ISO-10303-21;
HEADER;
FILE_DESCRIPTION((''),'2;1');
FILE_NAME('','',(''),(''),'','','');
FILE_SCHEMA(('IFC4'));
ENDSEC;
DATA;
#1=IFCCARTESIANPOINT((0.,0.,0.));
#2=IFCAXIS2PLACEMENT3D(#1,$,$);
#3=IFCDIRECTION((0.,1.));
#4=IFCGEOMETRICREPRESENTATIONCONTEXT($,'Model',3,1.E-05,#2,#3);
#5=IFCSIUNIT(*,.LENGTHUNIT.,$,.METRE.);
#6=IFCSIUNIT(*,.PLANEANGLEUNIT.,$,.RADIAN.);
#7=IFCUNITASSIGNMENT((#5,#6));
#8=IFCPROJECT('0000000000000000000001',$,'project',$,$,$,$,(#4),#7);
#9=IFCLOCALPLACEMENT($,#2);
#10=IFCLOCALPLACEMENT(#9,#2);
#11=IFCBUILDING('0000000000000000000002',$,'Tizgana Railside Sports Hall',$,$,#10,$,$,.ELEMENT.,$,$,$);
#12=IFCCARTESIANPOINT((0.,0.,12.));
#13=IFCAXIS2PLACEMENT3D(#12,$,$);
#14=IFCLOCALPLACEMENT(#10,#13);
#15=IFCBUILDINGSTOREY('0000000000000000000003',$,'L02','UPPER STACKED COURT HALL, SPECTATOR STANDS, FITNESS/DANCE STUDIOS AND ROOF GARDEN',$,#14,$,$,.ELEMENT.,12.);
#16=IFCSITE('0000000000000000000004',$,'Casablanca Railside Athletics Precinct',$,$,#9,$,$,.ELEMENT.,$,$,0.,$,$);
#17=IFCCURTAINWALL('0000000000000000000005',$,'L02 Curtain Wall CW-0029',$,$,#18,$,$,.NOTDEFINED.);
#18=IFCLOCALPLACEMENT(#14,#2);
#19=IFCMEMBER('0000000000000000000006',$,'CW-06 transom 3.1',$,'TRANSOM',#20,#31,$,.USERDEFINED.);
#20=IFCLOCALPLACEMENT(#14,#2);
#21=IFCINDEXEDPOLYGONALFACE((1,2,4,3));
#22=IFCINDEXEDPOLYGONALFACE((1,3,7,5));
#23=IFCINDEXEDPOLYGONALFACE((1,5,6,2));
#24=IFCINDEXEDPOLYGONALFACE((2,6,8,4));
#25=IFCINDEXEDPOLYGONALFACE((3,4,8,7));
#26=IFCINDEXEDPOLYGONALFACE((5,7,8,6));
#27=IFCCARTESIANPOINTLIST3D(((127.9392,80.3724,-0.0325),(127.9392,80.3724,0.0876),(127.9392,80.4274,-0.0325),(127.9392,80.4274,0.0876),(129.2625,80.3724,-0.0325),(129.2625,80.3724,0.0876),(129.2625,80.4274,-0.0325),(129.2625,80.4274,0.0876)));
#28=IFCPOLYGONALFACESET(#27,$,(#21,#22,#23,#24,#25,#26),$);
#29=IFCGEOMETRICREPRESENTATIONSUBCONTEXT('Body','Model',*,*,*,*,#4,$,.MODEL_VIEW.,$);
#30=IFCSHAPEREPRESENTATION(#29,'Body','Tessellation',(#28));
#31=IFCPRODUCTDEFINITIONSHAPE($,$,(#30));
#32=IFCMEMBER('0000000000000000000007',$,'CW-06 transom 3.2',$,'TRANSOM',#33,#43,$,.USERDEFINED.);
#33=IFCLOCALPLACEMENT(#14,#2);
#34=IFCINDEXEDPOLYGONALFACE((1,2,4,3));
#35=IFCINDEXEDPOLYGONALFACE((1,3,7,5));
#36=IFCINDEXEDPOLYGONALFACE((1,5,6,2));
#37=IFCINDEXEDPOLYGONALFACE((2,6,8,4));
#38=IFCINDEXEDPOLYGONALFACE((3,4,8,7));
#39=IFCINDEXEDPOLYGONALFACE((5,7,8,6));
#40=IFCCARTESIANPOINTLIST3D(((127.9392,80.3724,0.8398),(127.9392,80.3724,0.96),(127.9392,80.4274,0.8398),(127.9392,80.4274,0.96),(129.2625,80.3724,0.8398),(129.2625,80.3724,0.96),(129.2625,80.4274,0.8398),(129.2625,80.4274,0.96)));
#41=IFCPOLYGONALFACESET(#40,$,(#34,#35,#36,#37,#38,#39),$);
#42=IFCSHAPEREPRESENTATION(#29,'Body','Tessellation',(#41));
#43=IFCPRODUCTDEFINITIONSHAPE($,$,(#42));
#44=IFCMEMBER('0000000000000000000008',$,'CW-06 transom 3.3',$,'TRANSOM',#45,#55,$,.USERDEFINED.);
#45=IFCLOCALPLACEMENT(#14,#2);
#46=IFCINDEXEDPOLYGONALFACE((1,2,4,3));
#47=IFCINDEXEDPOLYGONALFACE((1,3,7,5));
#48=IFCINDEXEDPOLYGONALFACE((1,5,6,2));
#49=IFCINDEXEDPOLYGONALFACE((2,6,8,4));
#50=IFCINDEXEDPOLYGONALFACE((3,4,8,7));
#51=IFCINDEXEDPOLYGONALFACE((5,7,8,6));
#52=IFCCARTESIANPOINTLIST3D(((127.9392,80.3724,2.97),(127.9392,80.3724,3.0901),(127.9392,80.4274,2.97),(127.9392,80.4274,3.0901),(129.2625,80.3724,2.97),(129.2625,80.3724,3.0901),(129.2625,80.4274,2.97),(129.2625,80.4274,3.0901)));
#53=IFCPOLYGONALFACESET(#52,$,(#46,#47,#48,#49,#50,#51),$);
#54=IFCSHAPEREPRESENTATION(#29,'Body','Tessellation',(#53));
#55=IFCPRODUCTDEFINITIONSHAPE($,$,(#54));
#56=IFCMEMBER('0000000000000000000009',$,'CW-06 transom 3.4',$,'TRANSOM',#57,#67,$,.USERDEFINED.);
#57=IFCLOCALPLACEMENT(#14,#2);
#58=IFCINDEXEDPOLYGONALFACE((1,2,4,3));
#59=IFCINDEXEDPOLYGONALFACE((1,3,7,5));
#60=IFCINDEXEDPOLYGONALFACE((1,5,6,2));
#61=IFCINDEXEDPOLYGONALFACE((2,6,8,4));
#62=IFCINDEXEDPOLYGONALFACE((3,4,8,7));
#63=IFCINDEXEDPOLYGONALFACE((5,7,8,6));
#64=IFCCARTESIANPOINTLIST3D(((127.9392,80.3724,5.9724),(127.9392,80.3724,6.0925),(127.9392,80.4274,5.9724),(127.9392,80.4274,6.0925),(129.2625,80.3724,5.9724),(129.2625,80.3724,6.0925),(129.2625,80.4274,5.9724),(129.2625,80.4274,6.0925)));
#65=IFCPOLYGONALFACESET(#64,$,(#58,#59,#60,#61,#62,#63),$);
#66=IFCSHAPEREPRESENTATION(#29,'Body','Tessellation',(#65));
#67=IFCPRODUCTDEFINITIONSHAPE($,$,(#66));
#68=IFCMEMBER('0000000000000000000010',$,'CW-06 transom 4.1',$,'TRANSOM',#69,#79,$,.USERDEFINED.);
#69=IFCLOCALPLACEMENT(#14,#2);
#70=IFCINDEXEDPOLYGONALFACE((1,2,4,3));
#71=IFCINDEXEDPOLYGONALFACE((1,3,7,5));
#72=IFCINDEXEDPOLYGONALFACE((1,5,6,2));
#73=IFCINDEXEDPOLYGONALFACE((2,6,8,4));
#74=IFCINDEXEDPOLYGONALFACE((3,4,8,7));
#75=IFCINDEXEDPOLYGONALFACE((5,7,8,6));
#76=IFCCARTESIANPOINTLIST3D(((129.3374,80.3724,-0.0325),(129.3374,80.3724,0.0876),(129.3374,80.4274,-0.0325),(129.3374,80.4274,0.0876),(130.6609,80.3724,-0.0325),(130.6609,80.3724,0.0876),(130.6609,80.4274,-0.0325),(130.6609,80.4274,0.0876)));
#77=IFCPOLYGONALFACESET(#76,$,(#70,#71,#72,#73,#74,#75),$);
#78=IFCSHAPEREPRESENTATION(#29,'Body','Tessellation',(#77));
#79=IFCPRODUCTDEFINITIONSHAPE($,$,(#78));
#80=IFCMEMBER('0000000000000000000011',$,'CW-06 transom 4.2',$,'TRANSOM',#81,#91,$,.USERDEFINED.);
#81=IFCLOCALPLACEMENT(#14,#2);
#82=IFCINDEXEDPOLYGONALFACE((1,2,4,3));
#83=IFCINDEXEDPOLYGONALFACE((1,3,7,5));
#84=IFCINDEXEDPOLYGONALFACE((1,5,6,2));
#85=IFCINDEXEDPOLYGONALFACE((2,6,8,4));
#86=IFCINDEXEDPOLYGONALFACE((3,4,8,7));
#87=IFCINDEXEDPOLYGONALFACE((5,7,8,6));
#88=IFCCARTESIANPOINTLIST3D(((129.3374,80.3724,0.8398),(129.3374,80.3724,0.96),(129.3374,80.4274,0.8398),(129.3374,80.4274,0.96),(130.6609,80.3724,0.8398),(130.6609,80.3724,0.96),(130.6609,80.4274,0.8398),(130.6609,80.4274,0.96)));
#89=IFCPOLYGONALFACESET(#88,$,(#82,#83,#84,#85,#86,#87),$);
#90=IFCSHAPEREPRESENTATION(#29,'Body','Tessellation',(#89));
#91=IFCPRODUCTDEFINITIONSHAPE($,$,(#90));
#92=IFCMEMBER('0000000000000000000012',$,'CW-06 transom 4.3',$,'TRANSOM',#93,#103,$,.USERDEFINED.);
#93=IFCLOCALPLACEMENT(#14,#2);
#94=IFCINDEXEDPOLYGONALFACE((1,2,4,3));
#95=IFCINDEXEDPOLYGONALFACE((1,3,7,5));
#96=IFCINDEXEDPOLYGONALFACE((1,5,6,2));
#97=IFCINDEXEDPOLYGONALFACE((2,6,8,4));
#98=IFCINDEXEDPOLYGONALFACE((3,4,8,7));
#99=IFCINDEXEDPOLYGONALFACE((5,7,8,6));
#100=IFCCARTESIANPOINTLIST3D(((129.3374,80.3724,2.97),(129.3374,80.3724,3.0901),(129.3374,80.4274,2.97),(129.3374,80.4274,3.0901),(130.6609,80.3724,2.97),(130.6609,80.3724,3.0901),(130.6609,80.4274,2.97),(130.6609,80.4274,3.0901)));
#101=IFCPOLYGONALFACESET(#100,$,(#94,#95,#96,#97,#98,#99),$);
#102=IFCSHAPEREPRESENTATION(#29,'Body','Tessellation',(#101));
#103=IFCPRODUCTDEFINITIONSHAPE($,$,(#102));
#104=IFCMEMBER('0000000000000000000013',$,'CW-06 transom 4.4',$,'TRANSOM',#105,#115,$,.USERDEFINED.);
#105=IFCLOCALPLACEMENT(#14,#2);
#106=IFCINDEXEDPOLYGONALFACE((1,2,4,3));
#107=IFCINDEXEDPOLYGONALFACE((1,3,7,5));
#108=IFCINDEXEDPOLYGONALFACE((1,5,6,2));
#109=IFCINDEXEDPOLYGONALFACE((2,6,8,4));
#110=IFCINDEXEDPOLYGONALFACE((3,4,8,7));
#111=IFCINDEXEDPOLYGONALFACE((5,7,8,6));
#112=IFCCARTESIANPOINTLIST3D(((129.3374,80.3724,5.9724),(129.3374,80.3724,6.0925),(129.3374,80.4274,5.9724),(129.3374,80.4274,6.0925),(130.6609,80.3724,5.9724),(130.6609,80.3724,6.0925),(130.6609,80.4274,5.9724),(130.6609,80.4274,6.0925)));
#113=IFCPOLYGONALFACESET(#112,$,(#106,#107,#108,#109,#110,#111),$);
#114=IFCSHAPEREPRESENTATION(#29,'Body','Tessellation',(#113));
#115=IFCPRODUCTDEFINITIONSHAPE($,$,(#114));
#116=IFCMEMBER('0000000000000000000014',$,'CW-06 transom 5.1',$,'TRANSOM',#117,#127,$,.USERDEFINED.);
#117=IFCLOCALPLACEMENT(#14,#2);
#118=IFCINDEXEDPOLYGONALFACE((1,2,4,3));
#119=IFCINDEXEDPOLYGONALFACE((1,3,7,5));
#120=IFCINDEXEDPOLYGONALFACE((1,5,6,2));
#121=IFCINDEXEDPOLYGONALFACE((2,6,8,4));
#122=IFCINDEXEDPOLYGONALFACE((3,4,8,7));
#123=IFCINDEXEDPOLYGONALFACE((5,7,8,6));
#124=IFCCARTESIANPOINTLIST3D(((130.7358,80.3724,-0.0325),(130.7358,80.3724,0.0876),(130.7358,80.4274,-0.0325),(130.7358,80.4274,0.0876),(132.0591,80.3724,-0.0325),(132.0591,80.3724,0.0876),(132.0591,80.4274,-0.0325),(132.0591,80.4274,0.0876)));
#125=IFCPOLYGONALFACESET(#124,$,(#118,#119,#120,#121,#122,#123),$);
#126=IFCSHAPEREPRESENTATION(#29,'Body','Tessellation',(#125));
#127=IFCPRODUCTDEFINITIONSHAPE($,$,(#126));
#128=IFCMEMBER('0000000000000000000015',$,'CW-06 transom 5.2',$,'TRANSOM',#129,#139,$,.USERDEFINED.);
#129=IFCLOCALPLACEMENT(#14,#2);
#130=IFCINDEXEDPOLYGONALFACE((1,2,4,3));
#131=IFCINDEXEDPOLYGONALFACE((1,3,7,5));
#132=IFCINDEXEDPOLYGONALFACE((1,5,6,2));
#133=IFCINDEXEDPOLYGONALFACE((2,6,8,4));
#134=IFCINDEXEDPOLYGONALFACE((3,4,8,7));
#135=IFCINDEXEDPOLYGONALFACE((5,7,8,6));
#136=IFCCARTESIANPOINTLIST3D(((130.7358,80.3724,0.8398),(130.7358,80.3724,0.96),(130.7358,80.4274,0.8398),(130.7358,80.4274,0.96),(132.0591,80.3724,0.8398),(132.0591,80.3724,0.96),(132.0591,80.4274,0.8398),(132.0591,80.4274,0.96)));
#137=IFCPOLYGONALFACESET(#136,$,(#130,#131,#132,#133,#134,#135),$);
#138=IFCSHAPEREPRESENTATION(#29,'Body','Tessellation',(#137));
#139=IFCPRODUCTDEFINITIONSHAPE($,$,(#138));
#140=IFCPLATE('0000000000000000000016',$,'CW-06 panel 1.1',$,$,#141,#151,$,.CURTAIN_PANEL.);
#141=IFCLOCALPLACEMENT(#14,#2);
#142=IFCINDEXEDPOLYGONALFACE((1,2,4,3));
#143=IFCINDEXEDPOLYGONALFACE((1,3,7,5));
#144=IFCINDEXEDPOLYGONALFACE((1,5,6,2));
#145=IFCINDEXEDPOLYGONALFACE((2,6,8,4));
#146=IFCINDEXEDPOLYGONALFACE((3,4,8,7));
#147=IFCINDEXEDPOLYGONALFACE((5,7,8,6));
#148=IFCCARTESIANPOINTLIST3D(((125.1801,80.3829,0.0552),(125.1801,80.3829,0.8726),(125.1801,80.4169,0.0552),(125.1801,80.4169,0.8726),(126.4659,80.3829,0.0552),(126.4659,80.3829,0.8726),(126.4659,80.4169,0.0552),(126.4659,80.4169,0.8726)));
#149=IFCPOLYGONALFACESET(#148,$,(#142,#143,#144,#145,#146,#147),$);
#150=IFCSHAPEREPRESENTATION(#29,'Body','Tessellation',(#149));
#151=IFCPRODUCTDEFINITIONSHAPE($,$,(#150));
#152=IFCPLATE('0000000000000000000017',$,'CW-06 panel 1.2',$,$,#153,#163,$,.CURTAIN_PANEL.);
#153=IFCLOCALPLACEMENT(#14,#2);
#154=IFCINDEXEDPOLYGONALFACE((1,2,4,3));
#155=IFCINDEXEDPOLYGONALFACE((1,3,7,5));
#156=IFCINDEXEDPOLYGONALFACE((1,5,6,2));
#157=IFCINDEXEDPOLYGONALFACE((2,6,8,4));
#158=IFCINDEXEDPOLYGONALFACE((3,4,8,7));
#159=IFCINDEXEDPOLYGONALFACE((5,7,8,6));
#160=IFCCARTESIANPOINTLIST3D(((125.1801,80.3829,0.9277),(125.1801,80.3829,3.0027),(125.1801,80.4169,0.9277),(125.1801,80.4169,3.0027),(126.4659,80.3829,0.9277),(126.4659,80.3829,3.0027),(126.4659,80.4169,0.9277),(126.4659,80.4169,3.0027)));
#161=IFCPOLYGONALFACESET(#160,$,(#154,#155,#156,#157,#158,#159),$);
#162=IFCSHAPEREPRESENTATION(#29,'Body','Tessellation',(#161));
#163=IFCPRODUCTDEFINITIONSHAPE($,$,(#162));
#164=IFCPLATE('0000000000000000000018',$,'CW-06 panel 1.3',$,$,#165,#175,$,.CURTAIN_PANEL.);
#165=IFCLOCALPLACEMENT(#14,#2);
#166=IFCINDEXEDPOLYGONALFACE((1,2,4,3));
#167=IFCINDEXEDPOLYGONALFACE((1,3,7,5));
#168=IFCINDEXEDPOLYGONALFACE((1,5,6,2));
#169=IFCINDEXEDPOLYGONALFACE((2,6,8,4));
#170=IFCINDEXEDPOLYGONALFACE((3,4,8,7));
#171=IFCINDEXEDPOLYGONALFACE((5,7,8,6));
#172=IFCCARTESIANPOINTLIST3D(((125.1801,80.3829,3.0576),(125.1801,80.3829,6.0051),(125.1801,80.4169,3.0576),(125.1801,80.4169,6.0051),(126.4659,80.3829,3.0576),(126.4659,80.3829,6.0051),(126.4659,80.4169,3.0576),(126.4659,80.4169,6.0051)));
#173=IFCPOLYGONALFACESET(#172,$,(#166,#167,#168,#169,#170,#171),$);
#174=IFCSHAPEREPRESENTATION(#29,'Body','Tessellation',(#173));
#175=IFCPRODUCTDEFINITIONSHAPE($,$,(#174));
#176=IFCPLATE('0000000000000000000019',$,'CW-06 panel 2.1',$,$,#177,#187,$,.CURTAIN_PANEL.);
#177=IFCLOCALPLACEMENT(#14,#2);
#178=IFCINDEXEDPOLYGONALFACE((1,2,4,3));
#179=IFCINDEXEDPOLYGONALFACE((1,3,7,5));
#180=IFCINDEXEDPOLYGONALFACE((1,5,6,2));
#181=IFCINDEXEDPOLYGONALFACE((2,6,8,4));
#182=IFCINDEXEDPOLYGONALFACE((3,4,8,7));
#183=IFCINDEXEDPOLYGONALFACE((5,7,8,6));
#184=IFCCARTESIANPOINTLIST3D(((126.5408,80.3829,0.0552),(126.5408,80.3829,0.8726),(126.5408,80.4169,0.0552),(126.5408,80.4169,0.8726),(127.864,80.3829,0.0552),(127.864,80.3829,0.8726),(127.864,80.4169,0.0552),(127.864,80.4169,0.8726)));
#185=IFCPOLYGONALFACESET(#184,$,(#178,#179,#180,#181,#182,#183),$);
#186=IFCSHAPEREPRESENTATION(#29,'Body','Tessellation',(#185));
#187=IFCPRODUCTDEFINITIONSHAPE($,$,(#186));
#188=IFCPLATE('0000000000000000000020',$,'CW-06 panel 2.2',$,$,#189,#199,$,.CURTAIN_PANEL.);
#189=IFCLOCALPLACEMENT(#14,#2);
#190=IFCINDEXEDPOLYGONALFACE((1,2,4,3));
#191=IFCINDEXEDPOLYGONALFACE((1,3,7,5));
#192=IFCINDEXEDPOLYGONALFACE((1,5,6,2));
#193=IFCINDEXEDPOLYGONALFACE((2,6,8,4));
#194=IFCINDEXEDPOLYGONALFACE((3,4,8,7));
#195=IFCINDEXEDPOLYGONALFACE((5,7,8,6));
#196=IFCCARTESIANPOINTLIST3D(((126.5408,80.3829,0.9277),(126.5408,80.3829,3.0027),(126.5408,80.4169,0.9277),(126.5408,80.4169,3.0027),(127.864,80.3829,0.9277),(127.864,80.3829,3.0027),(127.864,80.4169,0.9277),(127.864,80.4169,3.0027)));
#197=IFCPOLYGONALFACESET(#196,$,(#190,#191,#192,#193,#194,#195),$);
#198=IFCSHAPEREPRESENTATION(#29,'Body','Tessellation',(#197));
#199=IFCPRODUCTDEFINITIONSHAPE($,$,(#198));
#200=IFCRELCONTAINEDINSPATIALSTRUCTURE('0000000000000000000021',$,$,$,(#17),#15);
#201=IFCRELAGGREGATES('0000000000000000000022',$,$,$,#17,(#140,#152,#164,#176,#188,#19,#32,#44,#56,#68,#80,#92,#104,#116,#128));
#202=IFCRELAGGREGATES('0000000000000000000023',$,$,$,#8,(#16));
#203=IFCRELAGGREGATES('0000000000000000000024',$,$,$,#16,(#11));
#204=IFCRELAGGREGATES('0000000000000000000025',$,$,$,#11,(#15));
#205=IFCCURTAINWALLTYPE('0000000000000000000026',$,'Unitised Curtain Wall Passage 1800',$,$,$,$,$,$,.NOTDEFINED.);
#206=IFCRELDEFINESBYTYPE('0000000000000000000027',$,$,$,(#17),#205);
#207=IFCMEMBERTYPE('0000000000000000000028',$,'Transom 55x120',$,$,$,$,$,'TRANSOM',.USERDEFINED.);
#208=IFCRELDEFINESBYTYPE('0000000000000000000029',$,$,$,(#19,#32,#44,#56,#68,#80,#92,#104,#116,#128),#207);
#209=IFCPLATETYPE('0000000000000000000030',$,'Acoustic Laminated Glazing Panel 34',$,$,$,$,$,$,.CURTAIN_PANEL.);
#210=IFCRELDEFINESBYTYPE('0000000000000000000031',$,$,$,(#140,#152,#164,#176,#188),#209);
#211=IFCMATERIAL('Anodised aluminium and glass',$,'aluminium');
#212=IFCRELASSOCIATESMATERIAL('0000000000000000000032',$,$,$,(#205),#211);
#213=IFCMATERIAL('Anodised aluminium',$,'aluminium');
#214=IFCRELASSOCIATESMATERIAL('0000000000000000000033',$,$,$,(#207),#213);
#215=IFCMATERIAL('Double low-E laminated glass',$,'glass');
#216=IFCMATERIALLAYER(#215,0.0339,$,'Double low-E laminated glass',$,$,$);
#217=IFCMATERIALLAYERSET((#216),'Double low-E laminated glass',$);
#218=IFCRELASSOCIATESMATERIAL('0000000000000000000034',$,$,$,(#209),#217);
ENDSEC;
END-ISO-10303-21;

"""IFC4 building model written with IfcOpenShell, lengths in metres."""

from ifc_helpers import new_model, si_unit, direction, frame, origin, origin_2d, place, context, subcontext, project, spatial, rectangle, extrude, material, layer, layer_set, material_profile, profile_set, type_object, element, aggregate, save


model = new_model("IFC4")

# Units and contexts
model_context = context("Model", 3, precision=1e-05, world=origin(), true_north=direction((0.0, 1.0)))
body_context = subcontext(model_context, "Body", "Model", "MODEL_VIEW")
ifc_project = project(units=[si_unit("LENGTHUNIT", "METRE"), si_unit("PLANEANGLEUNIT", "RADIAN")], contexts=[model_context])

# Site, building, storey
site_placement = place(None, origin())
site = spatial("IfcSite", under=ifc_project, at=site_placement, Name="Casablanca Railside Athletics Precinct", CompositionType="ELEMENT", RefElevation=0.0)
building_placement = place(site_placement, origin())
building = spatial("IfcBuilding", under=site, at=building_placement, Name="Tizgana Railside Sports Hall", CompositionType="ELEMENT")
storey_placement = place(building_placement, frame((0.0, 0.0, 12.0)))
storey = spatial("IfcBuildingStorey", under=building, at=storey_placement, Name="L02", Description="UPPER STACKED COURT HALL, SPECTATOR STANDS, FITNESS/DANCE STUDIOS AND ROOF GARDEN", CompositionType="ELEMENT", Elevation=12.0)

# Curtain wall, members, plates
ifc_material_1 = material(Name="Anodised aluminium and glass", Category="aluminium")
curtain_wall_type = type_object("IfcCurtainWallType", Name="Unitised Curtain Wall Passage 1800", PredefinedType="NOTDEFINED", material=ifc_material_1)
curtain_wall_placement = place(storey_placement, origin())
curtain_wall = element("IfcCurtainWall", 1, at=curtain_wall_placement, inside=storey, type_object=curtain_wall_type, Name="L02 Curtain Wall CW-0029", PredefinedType="NOTDEFINED")
ifc_material_2 = material(Name="Anodised aluminium", Category="aluminium")
ifc_material_profile_1 = material_profile(ifc_material_2, rectangle(XDim=0.0549, YDim=0.1201, at=origin_2d()), Name="Transom 55x120")
ifc_profile_set_1 = profile_set([ifc_material_profile_1], Name="Anodised aluminium")
member_type_1 = type_object("IfcMemberType", Name="Transom 55x120", ElementType="TRANSOM", PredefinedType="USERDEFINED", material=ifc_profile_set_1)
member_1_placement = place(storey_placement, frame((127.9392, 80.3999, 0.0276), z_axis=(1.0, 0.0, 0.0), x_axis=(0.0, 1.0, 0.0)))
member_1 = element("IfcMember", 2, at=member_1_placement, type_object=member_type_1, Name="CW-06 transom 3.1", ObjectType="TRANSOM", PredefinedType="USERDEFINED", context=body_context, shape_type="SweptSolid", body=[
    extrude(rectangle(XDim=0.0549, YDim=0.1201, at=origin_2d()), origin(), (0.0, 0.0, 1.0), 1.3232),
])
member_2_placement = place(storey_placement, frame((127.9392, 80.3999, 0.8999), z_axis=(1.0, 0.0, 0.0), x_axis=(0.0, 1.0, 0.0)))
member_2 = element("IfcMember", 3, at=member_2_placement, type_object=member_type_1, Name="CW-06 transom 3.2", ObjectType="TRANSOM", PredefinedType="USERDEFINED", context=body_context, shape_type="SweptSolid", body=[
    extrude(rectangle(XDim=0.0549, YDim=0.1201, at=origin_2d()), origin(), (0.0, 0.0, 1.0), 1.3232),
])
member_3_placement = place(storey_placement, frame((127.9392, 80.3999, 3.03), z_axis=(1.0, 0.0, 0.0), x_axis=(0.0, 1.0, 0.0)))
member_3 = element("IfcMember", 4, at=member_3_placement, type_object=member_type_1, Name="CW-06 transom 3.3", ObjectType="TRANSOM", PredefinedType="USERDEFINED", context=body_context, shape_type="SweptSolid", body=[
    extrude(rectangle(XDim=0.0549, YDim=0.1201, at=origin_2d()), origin(), (0.0, 0.0, 1.0), 1.3232),
])
member_4_placement = place(storey_placement, frame((127.9392, 80.3999, 6.0325), z_axis=(1.0, 0.0, 0.0), x_axis=(0.0, 1.0, 0.0)))
member_4 = element("IfcMember", 5, at=member_4_placement, type_object=member_type_1, Name="CW-06 transom 3.4", ObjectType="TRANSOM", PredefinedType="USERDEFINED", context=body_context, shape_type="SweptSolid", body=[
    extrude(rectangle(XDim=0.0549, YDim=0.1201, at=origin_2d()), origin(), (0.0, 0.0, 1.0), 1.3232),
])
member_5_placement = place(storey_placement, frame((129.3374, 80.3999, 0.0276), z_axis=(1.0, 0.0, 0.0), x_axis=(0.0, 1.0, 0.0)))
member_5 = element("IfcMember", 6, at=member_5_placement, type_object=member_type_1, Name="CW-06 transom 4.1", ObjectType="TRANSOM", PredefinedType="USERDEFINED", context=body_context, shape_type="SweptSolid", body=[
    extrude(rectangle(XDim=0.0549, YDim=0.1201, at=origin_2d()), origin(), (0.0, 0.0, 1.0), 1.3235),
])
member_6_placement = place(storey_placement, frame((129.3374, 80.3999, 0.8999), z_axis=(1.0, 0.0, 0.0), x_axis=(0.0, 1.0, 0.0)))
member_6 = element("IfcMember", 7, at=member_6_placement, type_object=member_type_1, Name="CW-06 transom 4.2", ObjectType="TRANSOM", PredefinedType="USERDEFINED", context=body_context, shape_type="SweptSolid", body=[
    extrude(rectangle(XDim=0.0549, YDim=0.1201, at=origin_2d()), origin(), (0.0, 0.0, 1.0), 1.3235),
])
member_7_placement = place(storey_placement, frame((129.3374, 80.3999, 3.03), z_axis=(1.0, 0.0, 0.0), x_axis=(0.0, 1.0, 0.0)))
member_7 = element("IfcMember", 8, at=member_7_placement, type_object=member_type_1, Name="CW-06 transom 4.3", ObjectType="TRANSOM", PredefinedType="USERDEFINED", context=body_context, shape_type="SweptSolid", body=[
    extrude(rectangle(XDim=0.0549, YDim=0.1201, at=origin_2d()), origin(), (0.0, 0.0, 1.0), 1.3235),
])
member_8_placement = place(storey_placement, frame((129.3374, 80.3999, 6.0325), z_axis=(1.0, 0.0, 0.0), x_axis=(0.0, 1.0, 0.0)))
member_8 = element("IfcMember", 9, at=member_8_placement, type_object=member_type_1, Name="CW-06 transom 4.4", ObjectType="TRANSOM", PredefinedType="USERDEFINED", context=body_context, shape_type="SweptSolid", body=[
    extrude(rectangle(XDim=0.0549, YDim=0.1201, at=origin_2d()), origin(), (0.0, 0.0, 1.0), 1.3235),
])
member_9_placement = place(storey_placement, frame((130.7358, 80.3999, 0.0276), z_axis=(1.0, 0.0, 0.0), x_axis=(0.0, 1.0, 0.0)))
member_9 = element("IfcMember", 10, at=member_9_placement, type_object=member_type_1, Name="CW-06 transom 5.1", ObjectType="TRANSOM", PredefinedType="USERDEFINED", context=body_context, shape_type="SweptSolid", body=[
    extrude(rectangle(XDim=0.0549, YDim=0.1201, at=origin_2d()), origin(), (0.0, 0.0, 1.0), 1.3232),
])
member_10_placement = place(storey_placement, frame((130.7358, 80.3999, 0.8999), z_axis=(1.0, 0.0, 0.0), x_axis=(0.0, 1.0, 0.0)))
member_10 = element("IfcMember", 11, at=member_10_placement, type_object=member_type_1, Name="CW-06 transom 5.2", ObjectType="TRANSOM", PredefinedType="USERDEFINED", context=body_context, shape_type="SweptSolid", body=[
    extrude(rectangle(XDim=0.0549, YDim=0.1201, at=origin_2d()), origin(), (0.0, 0.0, 1.0), 1.3232),
])
ifc_material_3 = material(Name="Double low-E laminated glass", Category="glass")
ifc_layer_1 = layer(ifc_material_3, 0.0339, Name="Double low-E laminated glass")
ifc_layer_set_1 = layer_set([ifc_layer_1], Name="Double low-E laminated glass")
plate_type = type_object("IfcPlateType", Name="Acoustic Laminated Glazing Panel 34", PredefinedType="CURTAIN_PANEL", material=ifc_layer_set_1)
plate_1_placement = place(storey_placement, frame((125.823, 80.3999, 0.0552), z_axis=(0.0, 0.0, 1.0), x_axis=(1.0, 0.0, 0.0)))
plate_1 = element("IfcPlate", 12, at=plate_1_placement, type_object=plate_type, Name="CW-06 panel 1.1", PredefinedType="CURTAIN_PANEL", context=body_context, shape_type="SweptSolid", body=[
    extrude(rectangle(XDim=1.2859, YDim=0.0339, at=origin_2d()), origin(), (0.0, 0.0, 1.0), 0.8174),
])
plate_2_placement = place(storey_placement, frame((125.823, 80.3999, 0.9277), z_axis=(0.0, 0.0, 1.0), x_axis=(1.0, 0.0, 0.0)))
plate_2 = element("IfcPlate", 13, at=plate_2_placement, type_object=plate_type, Name="CW-06 panel 1.2", PredefinedType="CURTAIN_PANEL", context=body_context, shape_type="SweptSolid", body=[
    extrude(rectangle(XDim=1.2859, YDim=0.0339, at=origin_2d()), origin(), (0.0, 0.0, 1.0), 2.075),
])
plate_3_placement = place(storey_placement, frame((125.823, 80.3999, 3.0576), z_axis=(0.0, 0.0, 1.0), x_axis=(1.0, 0.0, 0.0)))
plate_3 = element("IfcPlate", 14, at=plate_3_placement, type_object=plate_type, Name="CW-06 panel 1.3", PredefinedType="CURTAIN_PANEL", context=body_context, shape_type="SweptSolid", body=[
    extrude(rectangle(XDim=1.2859, YDim=0.0339, at=origin_2d()), origin(), (0.0, 0.0, 1.0), 2.9475),
])
plate_4_placement = place(storey_placement, frame((127.2024, 80.3999, 0.0552), z_axis=(0.0, 0.0, 1.0), x_axis=(1.0, 0.0, 0.0)))
plate_4 = element("IfcPlate", 15, at=plate_4_placement, type_object=plate_type, Name="CW-06 panel 2.1", PredefinedType="CURTAIN_PANEL", context=body_context, shape_type="SweptSolid", body=[
    extrude(rectangle(XDim=1.3232, YDim=0.0339, at=origin_2d()), origin(), (0.0, 0.0, 1.0), 0.8174),
])
plate_5_placement = place(storey_placement, frame((127.2024, 80.3999, 0.9277), z_axis=(0.0, 0.0, 1.0), x_axis=(1.0, 0.0, 0.0)))
plate_5 = element("IfcPlate", 16, at=plate_5_placement, type_object=plate_type, Name="CW-06 panel 2.2", PredefinedType="CURTAIN_PANEL", context=body_context, shape_type="SweptSolid", body=[
    extrude(rectangle(XDim=1.3232, YDim=0.0339, at=origin_2d()), origin(), (0.0, 0.0, 1.0), 2.075),
])
aggregate(curtain_wall, [plate_1, plate_2, plate_3, plate_4, plate_5, member_1, member_2, member_3, member_4, member_5, member_6, member_7, member_8, member_9, member_10])

save(model, "model.ifc")
